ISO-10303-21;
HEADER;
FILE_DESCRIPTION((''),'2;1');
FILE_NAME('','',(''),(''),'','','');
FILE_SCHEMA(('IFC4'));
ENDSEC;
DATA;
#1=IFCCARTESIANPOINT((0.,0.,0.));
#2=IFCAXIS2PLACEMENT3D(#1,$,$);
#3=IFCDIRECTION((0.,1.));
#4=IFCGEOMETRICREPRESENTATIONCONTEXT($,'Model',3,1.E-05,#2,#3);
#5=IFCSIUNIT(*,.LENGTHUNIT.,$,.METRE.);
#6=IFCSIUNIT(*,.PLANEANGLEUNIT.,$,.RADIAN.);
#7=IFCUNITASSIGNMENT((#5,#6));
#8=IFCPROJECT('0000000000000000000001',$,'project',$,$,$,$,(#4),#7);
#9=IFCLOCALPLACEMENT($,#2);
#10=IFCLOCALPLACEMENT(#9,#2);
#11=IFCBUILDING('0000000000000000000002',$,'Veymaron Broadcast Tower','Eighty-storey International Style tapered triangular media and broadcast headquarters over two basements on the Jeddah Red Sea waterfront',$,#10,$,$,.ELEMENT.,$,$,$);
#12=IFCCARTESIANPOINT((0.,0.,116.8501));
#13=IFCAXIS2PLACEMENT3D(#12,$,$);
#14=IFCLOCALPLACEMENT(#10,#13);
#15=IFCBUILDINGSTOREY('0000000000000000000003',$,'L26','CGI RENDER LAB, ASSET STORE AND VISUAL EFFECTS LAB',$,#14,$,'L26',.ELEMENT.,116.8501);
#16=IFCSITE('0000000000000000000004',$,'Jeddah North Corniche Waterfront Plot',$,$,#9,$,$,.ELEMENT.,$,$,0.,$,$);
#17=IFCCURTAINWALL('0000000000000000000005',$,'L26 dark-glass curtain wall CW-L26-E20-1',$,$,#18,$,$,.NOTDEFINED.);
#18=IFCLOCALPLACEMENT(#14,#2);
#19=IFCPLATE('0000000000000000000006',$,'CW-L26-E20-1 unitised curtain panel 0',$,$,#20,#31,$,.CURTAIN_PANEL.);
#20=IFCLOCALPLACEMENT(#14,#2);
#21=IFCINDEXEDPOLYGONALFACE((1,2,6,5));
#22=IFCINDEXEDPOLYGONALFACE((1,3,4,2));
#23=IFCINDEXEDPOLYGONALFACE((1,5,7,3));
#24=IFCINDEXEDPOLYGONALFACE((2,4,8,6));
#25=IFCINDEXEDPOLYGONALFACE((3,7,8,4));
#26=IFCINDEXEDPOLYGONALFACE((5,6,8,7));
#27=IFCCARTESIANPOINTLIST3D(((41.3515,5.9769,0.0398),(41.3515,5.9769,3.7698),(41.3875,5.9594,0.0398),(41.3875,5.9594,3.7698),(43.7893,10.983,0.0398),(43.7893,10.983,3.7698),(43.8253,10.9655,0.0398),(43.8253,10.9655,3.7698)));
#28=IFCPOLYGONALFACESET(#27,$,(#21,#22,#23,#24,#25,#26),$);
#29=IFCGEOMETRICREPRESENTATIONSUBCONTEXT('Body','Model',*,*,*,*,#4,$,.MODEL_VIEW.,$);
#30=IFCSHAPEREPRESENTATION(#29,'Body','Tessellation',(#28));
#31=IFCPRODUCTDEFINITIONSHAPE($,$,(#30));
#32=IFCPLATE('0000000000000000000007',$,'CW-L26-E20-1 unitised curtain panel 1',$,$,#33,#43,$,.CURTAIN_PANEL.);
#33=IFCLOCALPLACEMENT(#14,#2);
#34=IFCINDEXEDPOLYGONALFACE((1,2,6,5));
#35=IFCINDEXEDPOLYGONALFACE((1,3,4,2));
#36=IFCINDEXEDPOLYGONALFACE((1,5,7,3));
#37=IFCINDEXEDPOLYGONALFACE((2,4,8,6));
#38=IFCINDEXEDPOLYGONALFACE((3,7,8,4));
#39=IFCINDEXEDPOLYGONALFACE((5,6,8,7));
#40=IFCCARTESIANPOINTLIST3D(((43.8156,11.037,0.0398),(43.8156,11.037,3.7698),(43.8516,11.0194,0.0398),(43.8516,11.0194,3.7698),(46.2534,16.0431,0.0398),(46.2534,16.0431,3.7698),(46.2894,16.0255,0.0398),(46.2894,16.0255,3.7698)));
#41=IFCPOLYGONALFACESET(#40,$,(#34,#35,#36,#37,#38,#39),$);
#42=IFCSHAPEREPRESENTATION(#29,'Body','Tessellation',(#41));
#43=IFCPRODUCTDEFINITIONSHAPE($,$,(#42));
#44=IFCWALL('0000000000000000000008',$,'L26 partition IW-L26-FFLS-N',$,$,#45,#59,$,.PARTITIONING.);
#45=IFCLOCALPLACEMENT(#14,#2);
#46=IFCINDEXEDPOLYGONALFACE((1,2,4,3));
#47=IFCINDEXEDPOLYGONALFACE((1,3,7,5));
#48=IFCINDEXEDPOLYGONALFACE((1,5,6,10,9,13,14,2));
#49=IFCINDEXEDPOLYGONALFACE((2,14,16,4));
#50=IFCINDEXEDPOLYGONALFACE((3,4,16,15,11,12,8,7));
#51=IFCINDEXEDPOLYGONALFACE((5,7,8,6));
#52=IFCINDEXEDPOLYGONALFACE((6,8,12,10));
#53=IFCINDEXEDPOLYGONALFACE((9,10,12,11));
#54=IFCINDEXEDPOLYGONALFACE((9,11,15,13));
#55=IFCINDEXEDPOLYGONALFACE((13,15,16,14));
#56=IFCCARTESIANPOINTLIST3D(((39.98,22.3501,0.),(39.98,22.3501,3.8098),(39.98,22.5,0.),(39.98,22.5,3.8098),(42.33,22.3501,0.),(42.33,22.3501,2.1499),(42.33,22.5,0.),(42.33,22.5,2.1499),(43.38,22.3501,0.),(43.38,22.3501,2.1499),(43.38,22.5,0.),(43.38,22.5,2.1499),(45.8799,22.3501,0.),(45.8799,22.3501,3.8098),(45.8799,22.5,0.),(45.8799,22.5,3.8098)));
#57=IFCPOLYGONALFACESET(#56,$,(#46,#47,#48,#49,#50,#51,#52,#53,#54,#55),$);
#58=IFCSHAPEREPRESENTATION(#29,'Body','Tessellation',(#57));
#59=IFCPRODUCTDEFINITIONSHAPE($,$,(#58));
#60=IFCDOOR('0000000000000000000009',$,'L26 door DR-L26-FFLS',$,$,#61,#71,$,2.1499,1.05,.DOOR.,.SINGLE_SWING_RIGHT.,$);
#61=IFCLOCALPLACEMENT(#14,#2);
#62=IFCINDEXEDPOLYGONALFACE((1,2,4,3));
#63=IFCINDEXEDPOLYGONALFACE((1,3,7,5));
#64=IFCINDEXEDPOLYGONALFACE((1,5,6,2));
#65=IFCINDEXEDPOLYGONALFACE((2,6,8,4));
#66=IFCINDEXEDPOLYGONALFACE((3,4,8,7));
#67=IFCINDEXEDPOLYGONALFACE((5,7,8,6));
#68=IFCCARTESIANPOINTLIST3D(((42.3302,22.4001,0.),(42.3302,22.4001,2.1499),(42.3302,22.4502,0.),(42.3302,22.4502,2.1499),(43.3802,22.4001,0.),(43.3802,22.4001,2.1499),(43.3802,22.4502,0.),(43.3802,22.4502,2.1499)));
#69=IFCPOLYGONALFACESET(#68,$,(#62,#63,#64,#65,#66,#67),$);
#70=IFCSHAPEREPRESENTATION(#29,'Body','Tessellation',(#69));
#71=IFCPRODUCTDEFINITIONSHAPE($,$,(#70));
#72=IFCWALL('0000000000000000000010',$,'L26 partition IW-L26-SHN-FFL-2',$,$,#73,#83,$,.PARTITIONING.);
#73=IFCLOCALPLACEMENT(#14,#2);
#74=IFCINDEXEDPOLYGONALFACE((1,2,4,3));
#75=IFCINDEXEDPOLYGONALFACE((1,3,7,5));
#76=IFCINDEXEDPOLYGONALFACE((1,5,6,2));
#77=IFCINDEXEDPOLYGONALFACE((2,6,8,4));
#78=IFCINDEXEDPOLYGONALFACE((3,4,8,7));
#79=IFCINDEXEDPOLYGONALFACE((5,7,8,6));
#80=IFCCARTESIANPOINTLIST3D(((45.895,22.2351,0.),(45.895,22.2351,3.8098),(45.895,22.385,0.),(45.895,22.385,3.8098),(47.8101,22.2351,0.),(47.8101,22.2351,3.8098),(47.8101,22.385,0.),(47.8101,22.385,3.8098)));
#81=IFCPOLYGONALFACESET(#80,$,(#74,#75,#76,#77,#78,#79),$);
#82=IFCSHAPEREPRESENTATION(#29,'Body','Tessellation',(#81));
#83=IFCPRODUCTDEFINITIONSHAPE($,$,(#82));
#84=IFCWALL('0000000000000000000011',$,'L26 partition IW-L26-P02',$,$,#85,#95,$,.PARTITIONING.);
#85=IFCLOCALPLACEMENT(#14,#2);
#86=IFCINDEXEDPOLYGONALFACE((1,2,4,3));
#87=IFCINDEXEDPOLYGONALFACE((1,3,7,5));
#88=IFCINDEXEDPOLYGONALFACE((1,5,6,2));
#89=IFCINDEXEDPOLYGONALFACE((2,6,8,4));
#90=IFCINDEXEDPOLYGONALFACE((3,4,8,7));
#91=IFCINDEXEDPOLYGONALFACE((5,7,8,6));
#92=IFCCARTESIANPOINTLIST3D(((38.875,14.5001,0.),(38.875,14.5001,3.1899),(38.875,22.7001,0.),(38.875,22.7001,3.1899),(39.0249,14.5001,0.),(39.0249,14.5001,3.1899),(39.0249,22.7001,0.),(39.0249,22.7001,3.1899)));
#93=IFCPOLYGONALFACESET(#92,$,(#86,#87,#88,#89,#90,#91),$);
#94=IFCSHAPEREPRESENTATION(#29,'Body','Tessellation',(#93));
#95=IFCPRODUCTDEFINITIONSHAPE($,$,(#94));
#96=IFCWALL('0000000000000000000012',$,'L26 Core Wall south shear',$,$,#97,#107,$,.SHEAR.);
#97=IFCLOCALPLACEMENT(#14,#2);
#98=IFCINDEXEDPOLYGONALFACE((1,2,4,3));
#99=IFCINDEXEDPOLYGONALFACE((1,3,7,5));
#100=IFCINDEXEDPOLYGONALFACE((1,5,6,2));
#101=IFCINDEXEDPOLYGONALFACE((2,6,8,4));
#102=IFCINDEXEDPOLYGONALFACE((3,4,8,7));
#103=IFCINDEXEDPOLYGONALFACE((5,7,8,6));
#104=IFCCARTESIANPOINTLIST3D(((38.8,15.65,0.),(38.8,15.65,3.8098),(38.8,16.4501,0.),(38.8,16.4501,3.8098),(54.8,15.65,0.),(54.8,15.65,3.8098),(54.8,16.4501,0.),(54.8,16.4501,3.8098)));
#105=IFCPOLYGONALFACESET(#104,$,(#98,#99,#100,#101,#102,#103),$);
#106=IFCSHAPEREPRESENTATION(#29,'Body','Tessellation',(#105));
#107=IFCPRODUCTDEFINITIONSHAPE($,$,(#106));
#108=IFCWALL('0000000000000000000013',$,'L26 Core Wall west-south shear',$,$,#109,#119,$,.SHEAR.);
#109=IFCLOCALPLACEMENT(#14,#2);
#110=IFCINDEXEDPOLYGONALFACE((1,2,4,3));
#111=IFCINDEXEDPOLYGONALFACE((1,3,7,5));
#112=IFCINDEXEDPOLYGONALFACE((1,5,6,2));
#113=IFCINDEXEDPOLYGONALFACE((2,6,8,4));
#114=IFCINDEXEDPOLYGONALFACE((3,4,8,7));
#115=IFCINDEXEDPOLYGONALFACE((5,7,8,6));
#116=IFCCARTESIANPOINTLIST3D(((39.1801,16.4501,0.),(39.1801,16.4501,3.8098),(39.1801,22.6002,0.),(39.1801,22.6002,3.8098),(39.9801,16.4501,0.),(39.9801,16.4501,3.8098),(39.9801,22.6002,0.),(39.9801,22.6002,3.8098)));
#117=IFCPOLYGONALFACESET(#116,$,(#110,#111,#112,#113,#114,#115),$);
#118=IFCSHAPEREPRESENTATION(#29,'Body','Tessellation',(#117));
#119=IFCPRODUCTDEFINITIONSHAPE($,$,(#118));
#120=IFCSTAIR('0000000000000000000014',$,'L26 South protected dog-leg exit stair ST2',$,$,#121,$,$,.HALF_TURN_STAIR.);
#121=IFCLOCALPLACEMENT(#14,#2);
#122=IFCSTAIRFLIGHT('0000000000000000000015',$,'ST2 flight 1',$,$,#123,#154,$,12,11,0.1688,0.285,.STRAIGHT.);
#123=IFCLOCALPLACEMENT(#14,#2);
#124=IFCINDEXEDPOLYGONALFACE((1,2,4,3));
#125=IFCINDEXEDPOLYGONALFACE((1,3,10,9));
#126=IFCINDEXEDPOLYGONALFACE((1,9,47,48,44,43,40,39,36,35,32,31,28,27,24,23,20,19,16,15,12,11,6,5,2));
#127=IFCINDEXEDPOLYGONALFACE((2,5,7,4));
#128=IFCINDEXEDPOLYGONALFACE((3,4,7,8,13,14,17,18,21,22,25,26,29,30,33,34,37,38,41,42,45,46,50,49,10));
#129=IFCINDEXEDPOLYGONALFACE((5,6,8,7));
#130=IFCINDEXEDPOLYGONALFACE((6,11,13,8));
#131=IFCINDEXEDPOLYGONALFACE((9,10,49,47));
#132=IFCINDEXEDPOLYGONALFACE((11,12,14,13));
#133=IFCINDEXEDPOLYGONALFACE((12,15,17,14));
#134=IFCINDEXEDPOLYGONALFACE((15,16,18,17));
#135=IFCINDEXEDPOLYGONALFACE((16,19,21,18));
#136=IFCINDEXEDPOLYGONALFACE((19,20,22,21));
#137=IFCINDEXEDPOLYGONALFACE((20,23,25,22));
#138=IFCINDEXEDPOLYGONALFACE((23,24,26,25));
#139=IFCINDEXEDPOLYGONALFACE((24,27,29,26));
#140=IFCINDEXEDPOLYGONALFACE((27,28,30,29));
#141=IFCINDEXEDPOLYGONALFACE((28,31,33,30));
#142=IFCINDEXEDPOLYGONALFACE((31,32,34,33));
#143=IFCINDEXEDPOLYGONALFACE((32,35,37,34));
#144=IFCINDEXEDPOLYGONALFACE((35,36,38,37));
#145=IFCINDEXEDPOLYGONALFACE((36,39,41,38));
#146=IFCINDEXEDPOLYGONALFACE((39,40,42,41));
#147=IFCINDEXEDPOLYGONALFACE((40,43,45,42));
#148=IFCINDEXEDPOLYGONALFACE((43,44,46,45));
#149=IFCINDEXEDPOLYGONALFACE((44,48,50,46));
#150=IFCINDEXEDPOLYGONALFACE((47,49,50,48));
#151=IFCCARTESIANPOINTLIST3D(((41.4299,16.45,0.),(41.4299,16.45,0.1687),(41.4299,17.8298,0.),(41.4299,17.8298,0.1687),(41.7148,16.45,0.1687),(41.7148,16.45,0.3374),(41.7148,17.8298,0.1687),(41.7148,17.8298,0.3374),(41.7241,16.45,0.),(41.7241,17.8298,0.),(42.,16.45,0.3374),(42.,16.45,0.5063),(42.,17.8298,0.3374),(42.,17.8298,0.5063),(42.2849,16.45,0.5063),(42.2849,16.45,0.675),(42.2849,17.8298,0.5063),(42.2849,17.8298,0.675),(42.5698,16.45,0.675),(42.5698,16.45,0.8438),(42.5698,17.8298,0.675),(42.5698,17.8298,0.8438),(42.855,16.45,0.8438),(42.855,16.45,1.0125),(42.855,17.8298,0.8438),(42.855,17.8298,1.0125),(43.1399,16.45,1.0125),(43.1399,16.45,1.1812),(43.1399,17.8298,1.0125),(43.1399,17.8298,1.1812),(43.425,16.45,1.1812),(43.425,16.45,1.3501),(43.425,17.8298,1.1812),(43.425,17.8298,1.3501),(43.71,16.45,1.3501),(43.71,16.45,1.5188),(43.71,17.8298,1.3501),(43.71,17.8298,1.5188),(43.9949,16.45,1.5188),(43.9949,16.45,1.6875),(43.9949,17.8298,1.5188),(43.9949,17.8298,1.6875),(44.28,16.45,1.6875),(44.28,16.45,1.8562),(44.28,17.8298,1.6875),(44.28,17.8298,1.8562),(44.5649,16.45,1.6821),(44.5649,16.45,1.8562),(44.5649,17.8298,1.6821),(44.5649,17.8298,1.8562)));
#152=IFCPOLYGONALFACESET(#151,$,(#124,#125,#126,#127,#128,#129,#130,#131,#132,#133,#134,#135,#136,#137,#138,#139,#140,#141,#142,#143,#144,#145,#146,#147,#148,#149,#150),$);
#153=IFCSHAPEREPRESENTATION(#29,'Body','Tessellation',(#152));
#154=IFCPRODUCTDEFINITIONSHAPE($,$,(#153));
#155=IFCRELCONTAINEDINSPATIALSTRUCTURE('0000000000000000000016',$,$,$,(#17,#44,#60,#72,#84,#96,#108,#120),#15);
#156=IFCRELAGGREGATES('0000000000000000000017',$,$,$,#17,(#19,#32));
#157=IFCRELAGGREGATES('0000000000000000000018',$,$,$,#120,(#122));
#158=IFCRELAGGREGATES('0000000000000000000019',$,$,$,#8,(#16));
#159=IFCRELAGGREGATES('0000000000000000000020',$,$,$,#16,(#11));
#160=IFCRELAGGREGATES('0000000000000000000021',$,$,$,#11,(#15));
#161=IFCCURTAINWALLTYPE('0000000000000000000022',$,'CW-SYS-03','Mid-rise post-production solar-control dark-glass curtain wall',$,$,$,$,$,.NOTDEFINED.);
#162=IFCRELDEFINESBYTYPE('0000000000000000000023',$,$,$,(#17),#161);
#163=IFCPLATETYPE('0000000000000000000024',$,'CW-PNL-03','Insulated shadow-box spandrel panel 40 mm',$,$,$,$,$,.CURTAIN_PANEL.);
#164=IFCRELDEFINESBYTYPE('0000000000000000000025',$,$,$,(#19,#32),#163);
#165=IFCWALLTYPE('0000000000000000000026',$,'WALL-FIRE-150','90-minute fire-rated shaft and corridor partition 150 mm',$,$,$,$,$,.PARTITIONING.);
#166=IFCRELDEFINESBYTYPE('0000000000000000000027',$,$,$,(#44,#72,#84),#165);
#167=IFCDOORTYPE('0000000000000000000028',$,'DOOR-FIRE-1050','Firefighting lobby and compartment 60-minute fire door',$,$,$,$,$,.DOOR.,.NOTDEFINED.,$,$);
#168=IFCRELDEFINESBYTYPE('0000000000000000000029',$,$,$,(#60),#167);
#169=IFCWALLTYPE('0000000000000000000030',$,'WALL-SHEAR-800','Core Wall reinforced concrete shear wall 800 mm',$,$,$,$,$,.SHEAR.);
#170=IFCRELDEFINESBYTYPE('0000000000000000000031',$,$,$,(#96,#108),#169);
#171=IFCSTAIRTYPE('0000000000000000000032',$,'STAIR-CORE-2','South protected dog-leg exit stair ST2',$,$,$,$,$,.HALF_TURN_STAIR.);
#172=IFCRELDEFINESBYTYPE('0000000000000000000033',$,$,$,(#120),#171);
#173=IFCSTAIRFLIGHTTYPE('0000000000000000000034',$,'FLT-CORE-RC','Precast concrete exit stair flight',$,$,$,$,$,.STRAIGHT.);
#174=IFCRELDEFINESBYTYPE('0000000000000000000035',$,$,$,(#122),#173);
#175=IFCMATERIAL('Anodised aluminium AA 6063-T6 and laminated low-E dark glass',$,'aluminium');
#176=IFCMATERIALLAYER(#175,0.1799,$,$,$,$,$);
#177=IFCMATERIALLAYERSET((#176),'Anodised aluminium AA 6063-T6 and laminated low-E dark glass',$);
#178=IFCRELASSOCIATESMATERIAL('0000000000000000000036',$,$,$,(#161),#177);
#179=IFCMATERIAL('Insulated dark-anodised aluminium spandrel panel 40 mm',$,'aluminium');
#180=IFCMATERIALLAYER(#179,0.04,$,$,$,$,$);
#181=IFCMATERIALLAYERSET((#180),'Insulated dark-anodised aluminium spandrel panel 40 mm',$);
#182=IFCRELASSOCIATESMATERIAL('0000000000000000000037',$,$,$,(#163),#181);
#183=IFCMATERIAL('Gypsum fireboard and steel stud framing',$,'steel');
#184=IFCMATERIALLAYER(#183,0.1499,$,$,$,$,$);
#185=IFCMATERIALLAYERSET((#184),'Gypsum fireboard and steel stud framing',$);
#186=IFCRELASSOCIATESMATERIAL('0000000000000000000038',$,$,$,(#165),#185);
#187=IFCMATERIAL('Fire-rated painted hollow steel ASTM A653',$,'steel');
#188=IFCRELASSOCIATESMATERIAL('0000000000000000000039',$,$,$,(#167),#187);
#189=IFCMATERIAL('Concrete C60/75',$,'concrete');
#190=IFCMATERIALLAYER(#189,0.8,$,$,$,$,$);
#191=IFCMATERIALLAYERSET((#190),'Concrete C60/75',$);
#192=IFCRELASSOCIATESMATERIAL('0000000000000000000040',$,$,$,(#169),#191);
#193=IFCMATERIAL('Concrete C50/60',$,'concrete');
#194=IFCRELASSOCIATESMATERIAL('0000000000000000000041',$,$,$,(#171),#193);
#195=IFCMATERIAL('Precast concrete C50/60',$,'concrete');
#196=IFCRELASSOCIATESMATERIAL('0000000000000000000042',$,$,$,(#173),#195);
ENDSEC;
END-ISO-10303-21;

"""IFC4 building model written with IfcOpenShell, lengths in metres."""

from ifc_helpers import new_model, si_unit, direction, frame, frame_2d, origin, origin_2d, place, context, subcontext, project, spatial, polyline, rectangle, outline, extrude, material, layer, layer_set, type_object, element, fill, aggregate, save


model = new_model("IFC4")

# Units and contexts
model_context = context("Model", 3, precision=1e-05, world=origin(), true_north=direction((0.0, 1.0)))
body_context = subcontext(model_context, "Body", "Model", "MODEL_VIEW")
ifc_project = project(units=[si_unit("LENGTHUNIT", "METRE"), si_unit("PLANEANGLEUNIT", "RADIAN")], contexts=[model_context])

# Site, building, storey
site_placement = place(None, origin())
site = spatial("IfcSite", under=ifc_project, at=site_placement, Name="Jeddah North Corniche Waterfront Plot", CompositionType="ELEMENT", RefElevation=0.0)
building_placement = place(site_placement, origin())
building = spatial("IfcBuilding", under=site, at=building_placement, Name="Veymaron Broadcast Tower", Description="Eighty-storey International Style tapered triangular media and broadcast headquarters over two basements on the Jeddah Red Sea waterfront", CompositionType="ELEMENT")
storey_placement = place(building_placement, frame((0.0, 0.0, 116.8501)))
storey = spatial("IfcBuildingStorey", under=building, at=storey_placement, Name="L26", Description="CGI RENDER LAB, ASSET STORE AND VISUAL EFFECTS LAB", LongName="L26", CompositionType="ELEMENT", Elevation=116.8501)

# Curtain wall, plates
ifc_material_1 = material(Name="Anodised aluminium AA 6063-T6 and laminated low-E dark glass", Category="aluminium")
ifc_layer_1 = layer(ifc_material_1, 0.1799)
ifc_layer_set_1 = layer_set([ifc_layer_1], Name="Anodised aluminium AA 6063-T6 and laminated low-E dark glass")
curtain_wall_type = type_object("IfcCurtainWallType", Name="CW-SYS-03", Description="Mid-rise post-production solar-control dark-glass curtain wall", PredefinedType="NOTDEFINED", material=ifc_layer_set_1)
curtain_wall_placement = place(storey_placement, origin())
curtain_wall = element("IfcCurtainWall", 1, at=curtain_wall_placement, inside=storey, type_object=curtain_wall_type, Name="L26 dark-glass curtain wall CW-L26-E20-1", PredefinedType="NOTDEFINED")
ifc_material_2 = material(Name="Insulated dark-anodised aluminium spandrel panel 40 mm", Category="aluminium")
ifc_layer_2 = layer(ifc_material_2, 0.04)
ifc_layer_set_2 = layer_set([ifc_layer_2], Name="Insulated dark-anodised aluminium spandrel panel 40 mm")
plate_type = type_object("IfcPlateType", Name="CW-PNL-03", Description="Insulated shadow-box spandrel panel 40 mm", PredefinedType="CURTAIN_PANEL", material=ifc_layer_set_2)
plate_1_placement = place(storey_placement, frame((42.5884, 8.4712, 0.0398), z_axis=(0.0, 0.0, 1.0), x_axis=(0.437822, 0.899062, 0.0)))
plate_1 = element("IfcPlate", 2, at=plate_1_placement, type_object=plate_type, Name="CW-L26-E20-1 unitised curtain panel 0", PredefinedType="CURTAIN_PANEL", context=body_context, shape_type="SweptSolid", body=[
    extrude(rectangle(XDim=5.5681, YDim=0.04, at=origin_2d()), origin(), (0.0, 0.0, 1.0), 3.73),
])
plate_2_placement = place(storey_placement, frame((45.0525, 13.5312, 0.0398), z_axis=(0.0, 0.0, 1.0), x_axis=(0.437822, 0.899062, 0.0)))
plate_2 = element("IfcPlate", 3, at=plate_2_placement, type_object=plate_type, Name="CW-L26-E20-1 unitised curtain panel 1", PredefinedType="CURTAIN_PANEL", context=body_context, shape_type="SweptSolid", body=[
    extrude(rectangle(XDim=5.5681, YDim=0.04, at=origin_2d()), origin(), (0.0, 0.0, 1.0), 3.73),
])
aggregate(curtain_wall, [plate_1, plate_2])

# Wall, opening, door
ifc_material_3 = material(Name="Gypsum fireboard and steel stud framing", Category="steel")
ifc_layer_3 = layer(ifc_material_3, 0.1499)
ifc_layer_set_3 = layer_set([ifc_layer_3], Name="Gypsum fireboard and steel stud framing")
wall_type_1 = type_object("IfcWallType", Name="WALL-FIRE-150", Description="90-minute fire-rated shaft and corridor partition 150 mm", PredefinedType="PARTITIONING", material=ifc_layer_set_3)
wall_1_placement = place(storey_placement, frame((39.98, 22.425, 0.0), z_axis=(0.0, 0.0, 1.0), x_axis=(1.0, 0.0, 0.0)))
wall_1 = element("IfcWall", 4, at=wall_1_placement, inside=storey, type_object=wall_type_1, Name="L26 partition IW-L26-FFLS-N", PredefinedType="PARTITIONING", context=body_context, shape_type="SweptSolid", body=[
    extrude(rectangle(XDim=5.8999, YDim=0.1499, at=frame_2d((2.95, 0.0))), origin(), (0.0, 0.0, 1.0), 3.8098),
])
opening_1_placement = place(wall_1_placement, frame((2.3501, 0.0, 0.0)))
opening_1 = element("IfcOpeningElement", 5, at=opening_1_placement, cuts=wall_1, PredefinedType="OPENING", context=body_context, shape_type="SweptSolid", body=[
    extrude(rectangle(XDim=1.05, YDim=2.1499, at=frame_2d((0.5249, 1.075))), frame((0.0, 0.085, 0.0), z_axis=(0.0, -1.0, 0.0), x_axis=(1.0, 0.0, 0.0)), (0.0, 0.0, 1.0), 0.1699),
])
ifc_material_4 = material(Name="Fire-rated painted hollow steel ASTM A653", Category="steel")
door_type_1 = type_object("IfcDoorType", Name="DOOR-FIRE-1050", Description="Firefighting lobby and compartment 60-minute fire door", OperationType="NOTDEFINED", PredefinedType="DOOR", material=ifc_material_4)
door_1_placement = place(opening_1_placement, frame((1.05, 0.0, 0.0), z_axis=(0.0, 0.0, 1.0), x_axis=(-1.0, 0.0, 0.0)))
door_1 = element("IfcDoor", 6, at=door_1_placement, inside=storey, type_object=door_type_1, Name="L26 door DR-L26-FFLS", OperationType="SINGLE_SWING_RIGHT", OverallHeight=2.1499, OverallWidth=1.05, PredefinedType="DOOR", context=body_context, shape_type="SweptSolid", body=[
    extrude(rectangle(XDim=1.05, YDim=2.1499, at=frame_2d((0.5249, 1.075))), frame((0.0, 0.0249, 0.0), z_axis=(0.0, -1.0, 0.0), x_axis=(1.0, 0.0, 0.0)), (0.0, 0.0, 1.0), 0.05),
])
fill(opening_1, door_1)

# Walls
wall_2_placement = place(storey_placement, frame((45.895, 22.3101, 0.0), z_axis=(0.0, 0.0, 1.0), x_axis=(1.0, 0.0, 0.0)))
element("IfcWall", 7, at=wall_2_placement, inside=storey, type_object=wall_type_1, Name="L26 partition IW-L26-SHN-FFL-2", PredefinedType="PARTITIONING", context=body_context, shape_type="SweptSolid", body=[
    extrude(rectangle(XDim=1.915, YDim=0.1499, at=frame_2d((0.9575, 0.0))), origin(), (0.0, 0.0, 1.0), 3.8098),
])
wall_3_placement = place(storey_placement, frame((38.95, 14.5, 0.0), z_axis=(0.0, 0.0, 1.0), x_axis=(0.0, 1.0, 0.0)))
element("IfcWall", 8, at=wall_3_placement, inside=storey, type_object=wall_type_1, Name="L26 partition IW-L26-P02", PredefinedType="PARTITIONING", context=body_context, shape_type="SweptSolid", body=[
    extrude(rectangle(XDim=8.2, YDim=0.1499, at=frame_2d((4.1001, 0.0))), origin(), (0.0, 0.0, 1.0), 3.1899),
])

# Shared definitions
ifc_material_5 = material(Name="Concrete C50/60", Category="concrete")

# Walls
ifc_material_6 = material(Name="Concrete C60/75", Category="concrete")
ifc_layer_4 = layer(ifc_material_6, 0.8)
ifc_layer_set_4 = layer_set([ifc_layer_4], Name="Concrete C60/75")
wall_type_2 = type_object("IfcWallType", Name="WALL-SHEAR-800", Description="Core Wall reinforced concrete shear wall 800 mm", PredefinedType="SHEAR", material=ifc_layer_set_4)
wall_4_placement = place(storey_placement, frame((38.8, 16.05, 0.0), z_axis=(0.0, 0.0, 1.0), x_axis=(1.0, 0.0, 0.0)))
element("IfcWall", 9, at=wall_4_placement, inside=storey, type_object=wall_type_2, Name="L26 Core Wall south shear", PredefinedType="SHEAR", context=body_context, shape_type="SweptSolid", body=[
    extrude(rectangle(XDim=16.0, YDim=0.8, at=frame_2d((8.0, 0.0))), origin(), (0.0, 0.0, 1.0), 3.8098),
])
wall_5_placement = place(storey_placement, frame((39.5801, 16.45, 0.0), z_axis=(0.0, 0.0, 1.0), x_axis=(0.0, 1.0, 0.0)))
element("IfcWall", 10, at=wall_5_placement, inside=storey, type_object=wall_type_2, Name="L26 Core Wall west-south shear", PredefinedType="SHEAR", context=body_context, shape_type="SweptSolid", body=[
    extrude(rectangle(XDim=6.1501, YDim=0.8, at=frame_2d((3.0752, 0.0))), origin(), (0.0, 0.0, 1.0), 3.8098),
])

# Stair, stair flight
stair_type = type_object("IfcStairType", Name="STAIR-CORE-2", Description="South protected dog-leg exit stair ST2", PredefinedType="HALF_TURN_STAIR", material=ifc_material_5)
stair_placement = place(storey_placement, origin())
stair = element("IfcStair", 11, at=stair_placement, inside=storey, type_object=stair_type, Name="L26 South protected dog-leg exit stair ST2", PredefinedType="HALF_TURN_STAIR")
ifc_material_7 = material(Name="Precast concrete C50/60", Category="concrete")
stair_flight_type = type_object("IfcStairFlightType", Name="FLT-CORE-RC", Description="Precast concrete exit stair flight", PredefinedType="STRAIGHT", material=ifc_material_7)
stair_flight_1_placement = place(storey_placement, frame((41.4299, 17.1399, 0.0), z_axis=(0.0, 0.0, 1.0), x_axis=(1.0, 0.0, 0.0)))
stair_flight_1 = element("IfcStairFlight", 12, at=stair_flight_1_placement, type_object=stair_flight_type, Name="ST2 flight 1", NumberOfRisers=12, NumberOfTreads=11, PredefinedType="STRAIGHT", RiserHeight=0.1688, TreadLength=0.285, context=body_context, shape_type="SweptSolid", body=[
    extrude(outline(polyline([(0.0, 0.0), (0.0, 0.1687), (0.2849, 0.1687), (0.2849, 0.3374), (0.5701, 0.3374), (0.5701, 0.5063), (0.855, 0.5063), (0.855, 0.675), (1.1399, 0.675), (1.1399, 0.8438), (1.425, 0.8438), (1.425, 1.0125), (1.71, 1.0125), (1.71, 1.1812), (1.9951, 1.1812), (1.9951, 1.3501), (2.28, 1.3501), (2.28, 1.5188), (2.5649, 1.5188), (2.5649, 1.6875), (2.8501, 1.6875), (2.8501, 1.8562), (3.135, 1.8562), (3.135, 2.0249), (3.135, 1.6821), (0.2942, 0.0), (0.0, 0.0)])), frame((0.0, 0.6899, 0.0), z_axis=(0.0, -1.0, 0.0), x_axis=(1.0, 0.0, 0.0)), (0.0, 0.0, 1.0), 1.3799),
])
aggregate(stair, [stair_flight_1])

save(model, "model.ifc")
